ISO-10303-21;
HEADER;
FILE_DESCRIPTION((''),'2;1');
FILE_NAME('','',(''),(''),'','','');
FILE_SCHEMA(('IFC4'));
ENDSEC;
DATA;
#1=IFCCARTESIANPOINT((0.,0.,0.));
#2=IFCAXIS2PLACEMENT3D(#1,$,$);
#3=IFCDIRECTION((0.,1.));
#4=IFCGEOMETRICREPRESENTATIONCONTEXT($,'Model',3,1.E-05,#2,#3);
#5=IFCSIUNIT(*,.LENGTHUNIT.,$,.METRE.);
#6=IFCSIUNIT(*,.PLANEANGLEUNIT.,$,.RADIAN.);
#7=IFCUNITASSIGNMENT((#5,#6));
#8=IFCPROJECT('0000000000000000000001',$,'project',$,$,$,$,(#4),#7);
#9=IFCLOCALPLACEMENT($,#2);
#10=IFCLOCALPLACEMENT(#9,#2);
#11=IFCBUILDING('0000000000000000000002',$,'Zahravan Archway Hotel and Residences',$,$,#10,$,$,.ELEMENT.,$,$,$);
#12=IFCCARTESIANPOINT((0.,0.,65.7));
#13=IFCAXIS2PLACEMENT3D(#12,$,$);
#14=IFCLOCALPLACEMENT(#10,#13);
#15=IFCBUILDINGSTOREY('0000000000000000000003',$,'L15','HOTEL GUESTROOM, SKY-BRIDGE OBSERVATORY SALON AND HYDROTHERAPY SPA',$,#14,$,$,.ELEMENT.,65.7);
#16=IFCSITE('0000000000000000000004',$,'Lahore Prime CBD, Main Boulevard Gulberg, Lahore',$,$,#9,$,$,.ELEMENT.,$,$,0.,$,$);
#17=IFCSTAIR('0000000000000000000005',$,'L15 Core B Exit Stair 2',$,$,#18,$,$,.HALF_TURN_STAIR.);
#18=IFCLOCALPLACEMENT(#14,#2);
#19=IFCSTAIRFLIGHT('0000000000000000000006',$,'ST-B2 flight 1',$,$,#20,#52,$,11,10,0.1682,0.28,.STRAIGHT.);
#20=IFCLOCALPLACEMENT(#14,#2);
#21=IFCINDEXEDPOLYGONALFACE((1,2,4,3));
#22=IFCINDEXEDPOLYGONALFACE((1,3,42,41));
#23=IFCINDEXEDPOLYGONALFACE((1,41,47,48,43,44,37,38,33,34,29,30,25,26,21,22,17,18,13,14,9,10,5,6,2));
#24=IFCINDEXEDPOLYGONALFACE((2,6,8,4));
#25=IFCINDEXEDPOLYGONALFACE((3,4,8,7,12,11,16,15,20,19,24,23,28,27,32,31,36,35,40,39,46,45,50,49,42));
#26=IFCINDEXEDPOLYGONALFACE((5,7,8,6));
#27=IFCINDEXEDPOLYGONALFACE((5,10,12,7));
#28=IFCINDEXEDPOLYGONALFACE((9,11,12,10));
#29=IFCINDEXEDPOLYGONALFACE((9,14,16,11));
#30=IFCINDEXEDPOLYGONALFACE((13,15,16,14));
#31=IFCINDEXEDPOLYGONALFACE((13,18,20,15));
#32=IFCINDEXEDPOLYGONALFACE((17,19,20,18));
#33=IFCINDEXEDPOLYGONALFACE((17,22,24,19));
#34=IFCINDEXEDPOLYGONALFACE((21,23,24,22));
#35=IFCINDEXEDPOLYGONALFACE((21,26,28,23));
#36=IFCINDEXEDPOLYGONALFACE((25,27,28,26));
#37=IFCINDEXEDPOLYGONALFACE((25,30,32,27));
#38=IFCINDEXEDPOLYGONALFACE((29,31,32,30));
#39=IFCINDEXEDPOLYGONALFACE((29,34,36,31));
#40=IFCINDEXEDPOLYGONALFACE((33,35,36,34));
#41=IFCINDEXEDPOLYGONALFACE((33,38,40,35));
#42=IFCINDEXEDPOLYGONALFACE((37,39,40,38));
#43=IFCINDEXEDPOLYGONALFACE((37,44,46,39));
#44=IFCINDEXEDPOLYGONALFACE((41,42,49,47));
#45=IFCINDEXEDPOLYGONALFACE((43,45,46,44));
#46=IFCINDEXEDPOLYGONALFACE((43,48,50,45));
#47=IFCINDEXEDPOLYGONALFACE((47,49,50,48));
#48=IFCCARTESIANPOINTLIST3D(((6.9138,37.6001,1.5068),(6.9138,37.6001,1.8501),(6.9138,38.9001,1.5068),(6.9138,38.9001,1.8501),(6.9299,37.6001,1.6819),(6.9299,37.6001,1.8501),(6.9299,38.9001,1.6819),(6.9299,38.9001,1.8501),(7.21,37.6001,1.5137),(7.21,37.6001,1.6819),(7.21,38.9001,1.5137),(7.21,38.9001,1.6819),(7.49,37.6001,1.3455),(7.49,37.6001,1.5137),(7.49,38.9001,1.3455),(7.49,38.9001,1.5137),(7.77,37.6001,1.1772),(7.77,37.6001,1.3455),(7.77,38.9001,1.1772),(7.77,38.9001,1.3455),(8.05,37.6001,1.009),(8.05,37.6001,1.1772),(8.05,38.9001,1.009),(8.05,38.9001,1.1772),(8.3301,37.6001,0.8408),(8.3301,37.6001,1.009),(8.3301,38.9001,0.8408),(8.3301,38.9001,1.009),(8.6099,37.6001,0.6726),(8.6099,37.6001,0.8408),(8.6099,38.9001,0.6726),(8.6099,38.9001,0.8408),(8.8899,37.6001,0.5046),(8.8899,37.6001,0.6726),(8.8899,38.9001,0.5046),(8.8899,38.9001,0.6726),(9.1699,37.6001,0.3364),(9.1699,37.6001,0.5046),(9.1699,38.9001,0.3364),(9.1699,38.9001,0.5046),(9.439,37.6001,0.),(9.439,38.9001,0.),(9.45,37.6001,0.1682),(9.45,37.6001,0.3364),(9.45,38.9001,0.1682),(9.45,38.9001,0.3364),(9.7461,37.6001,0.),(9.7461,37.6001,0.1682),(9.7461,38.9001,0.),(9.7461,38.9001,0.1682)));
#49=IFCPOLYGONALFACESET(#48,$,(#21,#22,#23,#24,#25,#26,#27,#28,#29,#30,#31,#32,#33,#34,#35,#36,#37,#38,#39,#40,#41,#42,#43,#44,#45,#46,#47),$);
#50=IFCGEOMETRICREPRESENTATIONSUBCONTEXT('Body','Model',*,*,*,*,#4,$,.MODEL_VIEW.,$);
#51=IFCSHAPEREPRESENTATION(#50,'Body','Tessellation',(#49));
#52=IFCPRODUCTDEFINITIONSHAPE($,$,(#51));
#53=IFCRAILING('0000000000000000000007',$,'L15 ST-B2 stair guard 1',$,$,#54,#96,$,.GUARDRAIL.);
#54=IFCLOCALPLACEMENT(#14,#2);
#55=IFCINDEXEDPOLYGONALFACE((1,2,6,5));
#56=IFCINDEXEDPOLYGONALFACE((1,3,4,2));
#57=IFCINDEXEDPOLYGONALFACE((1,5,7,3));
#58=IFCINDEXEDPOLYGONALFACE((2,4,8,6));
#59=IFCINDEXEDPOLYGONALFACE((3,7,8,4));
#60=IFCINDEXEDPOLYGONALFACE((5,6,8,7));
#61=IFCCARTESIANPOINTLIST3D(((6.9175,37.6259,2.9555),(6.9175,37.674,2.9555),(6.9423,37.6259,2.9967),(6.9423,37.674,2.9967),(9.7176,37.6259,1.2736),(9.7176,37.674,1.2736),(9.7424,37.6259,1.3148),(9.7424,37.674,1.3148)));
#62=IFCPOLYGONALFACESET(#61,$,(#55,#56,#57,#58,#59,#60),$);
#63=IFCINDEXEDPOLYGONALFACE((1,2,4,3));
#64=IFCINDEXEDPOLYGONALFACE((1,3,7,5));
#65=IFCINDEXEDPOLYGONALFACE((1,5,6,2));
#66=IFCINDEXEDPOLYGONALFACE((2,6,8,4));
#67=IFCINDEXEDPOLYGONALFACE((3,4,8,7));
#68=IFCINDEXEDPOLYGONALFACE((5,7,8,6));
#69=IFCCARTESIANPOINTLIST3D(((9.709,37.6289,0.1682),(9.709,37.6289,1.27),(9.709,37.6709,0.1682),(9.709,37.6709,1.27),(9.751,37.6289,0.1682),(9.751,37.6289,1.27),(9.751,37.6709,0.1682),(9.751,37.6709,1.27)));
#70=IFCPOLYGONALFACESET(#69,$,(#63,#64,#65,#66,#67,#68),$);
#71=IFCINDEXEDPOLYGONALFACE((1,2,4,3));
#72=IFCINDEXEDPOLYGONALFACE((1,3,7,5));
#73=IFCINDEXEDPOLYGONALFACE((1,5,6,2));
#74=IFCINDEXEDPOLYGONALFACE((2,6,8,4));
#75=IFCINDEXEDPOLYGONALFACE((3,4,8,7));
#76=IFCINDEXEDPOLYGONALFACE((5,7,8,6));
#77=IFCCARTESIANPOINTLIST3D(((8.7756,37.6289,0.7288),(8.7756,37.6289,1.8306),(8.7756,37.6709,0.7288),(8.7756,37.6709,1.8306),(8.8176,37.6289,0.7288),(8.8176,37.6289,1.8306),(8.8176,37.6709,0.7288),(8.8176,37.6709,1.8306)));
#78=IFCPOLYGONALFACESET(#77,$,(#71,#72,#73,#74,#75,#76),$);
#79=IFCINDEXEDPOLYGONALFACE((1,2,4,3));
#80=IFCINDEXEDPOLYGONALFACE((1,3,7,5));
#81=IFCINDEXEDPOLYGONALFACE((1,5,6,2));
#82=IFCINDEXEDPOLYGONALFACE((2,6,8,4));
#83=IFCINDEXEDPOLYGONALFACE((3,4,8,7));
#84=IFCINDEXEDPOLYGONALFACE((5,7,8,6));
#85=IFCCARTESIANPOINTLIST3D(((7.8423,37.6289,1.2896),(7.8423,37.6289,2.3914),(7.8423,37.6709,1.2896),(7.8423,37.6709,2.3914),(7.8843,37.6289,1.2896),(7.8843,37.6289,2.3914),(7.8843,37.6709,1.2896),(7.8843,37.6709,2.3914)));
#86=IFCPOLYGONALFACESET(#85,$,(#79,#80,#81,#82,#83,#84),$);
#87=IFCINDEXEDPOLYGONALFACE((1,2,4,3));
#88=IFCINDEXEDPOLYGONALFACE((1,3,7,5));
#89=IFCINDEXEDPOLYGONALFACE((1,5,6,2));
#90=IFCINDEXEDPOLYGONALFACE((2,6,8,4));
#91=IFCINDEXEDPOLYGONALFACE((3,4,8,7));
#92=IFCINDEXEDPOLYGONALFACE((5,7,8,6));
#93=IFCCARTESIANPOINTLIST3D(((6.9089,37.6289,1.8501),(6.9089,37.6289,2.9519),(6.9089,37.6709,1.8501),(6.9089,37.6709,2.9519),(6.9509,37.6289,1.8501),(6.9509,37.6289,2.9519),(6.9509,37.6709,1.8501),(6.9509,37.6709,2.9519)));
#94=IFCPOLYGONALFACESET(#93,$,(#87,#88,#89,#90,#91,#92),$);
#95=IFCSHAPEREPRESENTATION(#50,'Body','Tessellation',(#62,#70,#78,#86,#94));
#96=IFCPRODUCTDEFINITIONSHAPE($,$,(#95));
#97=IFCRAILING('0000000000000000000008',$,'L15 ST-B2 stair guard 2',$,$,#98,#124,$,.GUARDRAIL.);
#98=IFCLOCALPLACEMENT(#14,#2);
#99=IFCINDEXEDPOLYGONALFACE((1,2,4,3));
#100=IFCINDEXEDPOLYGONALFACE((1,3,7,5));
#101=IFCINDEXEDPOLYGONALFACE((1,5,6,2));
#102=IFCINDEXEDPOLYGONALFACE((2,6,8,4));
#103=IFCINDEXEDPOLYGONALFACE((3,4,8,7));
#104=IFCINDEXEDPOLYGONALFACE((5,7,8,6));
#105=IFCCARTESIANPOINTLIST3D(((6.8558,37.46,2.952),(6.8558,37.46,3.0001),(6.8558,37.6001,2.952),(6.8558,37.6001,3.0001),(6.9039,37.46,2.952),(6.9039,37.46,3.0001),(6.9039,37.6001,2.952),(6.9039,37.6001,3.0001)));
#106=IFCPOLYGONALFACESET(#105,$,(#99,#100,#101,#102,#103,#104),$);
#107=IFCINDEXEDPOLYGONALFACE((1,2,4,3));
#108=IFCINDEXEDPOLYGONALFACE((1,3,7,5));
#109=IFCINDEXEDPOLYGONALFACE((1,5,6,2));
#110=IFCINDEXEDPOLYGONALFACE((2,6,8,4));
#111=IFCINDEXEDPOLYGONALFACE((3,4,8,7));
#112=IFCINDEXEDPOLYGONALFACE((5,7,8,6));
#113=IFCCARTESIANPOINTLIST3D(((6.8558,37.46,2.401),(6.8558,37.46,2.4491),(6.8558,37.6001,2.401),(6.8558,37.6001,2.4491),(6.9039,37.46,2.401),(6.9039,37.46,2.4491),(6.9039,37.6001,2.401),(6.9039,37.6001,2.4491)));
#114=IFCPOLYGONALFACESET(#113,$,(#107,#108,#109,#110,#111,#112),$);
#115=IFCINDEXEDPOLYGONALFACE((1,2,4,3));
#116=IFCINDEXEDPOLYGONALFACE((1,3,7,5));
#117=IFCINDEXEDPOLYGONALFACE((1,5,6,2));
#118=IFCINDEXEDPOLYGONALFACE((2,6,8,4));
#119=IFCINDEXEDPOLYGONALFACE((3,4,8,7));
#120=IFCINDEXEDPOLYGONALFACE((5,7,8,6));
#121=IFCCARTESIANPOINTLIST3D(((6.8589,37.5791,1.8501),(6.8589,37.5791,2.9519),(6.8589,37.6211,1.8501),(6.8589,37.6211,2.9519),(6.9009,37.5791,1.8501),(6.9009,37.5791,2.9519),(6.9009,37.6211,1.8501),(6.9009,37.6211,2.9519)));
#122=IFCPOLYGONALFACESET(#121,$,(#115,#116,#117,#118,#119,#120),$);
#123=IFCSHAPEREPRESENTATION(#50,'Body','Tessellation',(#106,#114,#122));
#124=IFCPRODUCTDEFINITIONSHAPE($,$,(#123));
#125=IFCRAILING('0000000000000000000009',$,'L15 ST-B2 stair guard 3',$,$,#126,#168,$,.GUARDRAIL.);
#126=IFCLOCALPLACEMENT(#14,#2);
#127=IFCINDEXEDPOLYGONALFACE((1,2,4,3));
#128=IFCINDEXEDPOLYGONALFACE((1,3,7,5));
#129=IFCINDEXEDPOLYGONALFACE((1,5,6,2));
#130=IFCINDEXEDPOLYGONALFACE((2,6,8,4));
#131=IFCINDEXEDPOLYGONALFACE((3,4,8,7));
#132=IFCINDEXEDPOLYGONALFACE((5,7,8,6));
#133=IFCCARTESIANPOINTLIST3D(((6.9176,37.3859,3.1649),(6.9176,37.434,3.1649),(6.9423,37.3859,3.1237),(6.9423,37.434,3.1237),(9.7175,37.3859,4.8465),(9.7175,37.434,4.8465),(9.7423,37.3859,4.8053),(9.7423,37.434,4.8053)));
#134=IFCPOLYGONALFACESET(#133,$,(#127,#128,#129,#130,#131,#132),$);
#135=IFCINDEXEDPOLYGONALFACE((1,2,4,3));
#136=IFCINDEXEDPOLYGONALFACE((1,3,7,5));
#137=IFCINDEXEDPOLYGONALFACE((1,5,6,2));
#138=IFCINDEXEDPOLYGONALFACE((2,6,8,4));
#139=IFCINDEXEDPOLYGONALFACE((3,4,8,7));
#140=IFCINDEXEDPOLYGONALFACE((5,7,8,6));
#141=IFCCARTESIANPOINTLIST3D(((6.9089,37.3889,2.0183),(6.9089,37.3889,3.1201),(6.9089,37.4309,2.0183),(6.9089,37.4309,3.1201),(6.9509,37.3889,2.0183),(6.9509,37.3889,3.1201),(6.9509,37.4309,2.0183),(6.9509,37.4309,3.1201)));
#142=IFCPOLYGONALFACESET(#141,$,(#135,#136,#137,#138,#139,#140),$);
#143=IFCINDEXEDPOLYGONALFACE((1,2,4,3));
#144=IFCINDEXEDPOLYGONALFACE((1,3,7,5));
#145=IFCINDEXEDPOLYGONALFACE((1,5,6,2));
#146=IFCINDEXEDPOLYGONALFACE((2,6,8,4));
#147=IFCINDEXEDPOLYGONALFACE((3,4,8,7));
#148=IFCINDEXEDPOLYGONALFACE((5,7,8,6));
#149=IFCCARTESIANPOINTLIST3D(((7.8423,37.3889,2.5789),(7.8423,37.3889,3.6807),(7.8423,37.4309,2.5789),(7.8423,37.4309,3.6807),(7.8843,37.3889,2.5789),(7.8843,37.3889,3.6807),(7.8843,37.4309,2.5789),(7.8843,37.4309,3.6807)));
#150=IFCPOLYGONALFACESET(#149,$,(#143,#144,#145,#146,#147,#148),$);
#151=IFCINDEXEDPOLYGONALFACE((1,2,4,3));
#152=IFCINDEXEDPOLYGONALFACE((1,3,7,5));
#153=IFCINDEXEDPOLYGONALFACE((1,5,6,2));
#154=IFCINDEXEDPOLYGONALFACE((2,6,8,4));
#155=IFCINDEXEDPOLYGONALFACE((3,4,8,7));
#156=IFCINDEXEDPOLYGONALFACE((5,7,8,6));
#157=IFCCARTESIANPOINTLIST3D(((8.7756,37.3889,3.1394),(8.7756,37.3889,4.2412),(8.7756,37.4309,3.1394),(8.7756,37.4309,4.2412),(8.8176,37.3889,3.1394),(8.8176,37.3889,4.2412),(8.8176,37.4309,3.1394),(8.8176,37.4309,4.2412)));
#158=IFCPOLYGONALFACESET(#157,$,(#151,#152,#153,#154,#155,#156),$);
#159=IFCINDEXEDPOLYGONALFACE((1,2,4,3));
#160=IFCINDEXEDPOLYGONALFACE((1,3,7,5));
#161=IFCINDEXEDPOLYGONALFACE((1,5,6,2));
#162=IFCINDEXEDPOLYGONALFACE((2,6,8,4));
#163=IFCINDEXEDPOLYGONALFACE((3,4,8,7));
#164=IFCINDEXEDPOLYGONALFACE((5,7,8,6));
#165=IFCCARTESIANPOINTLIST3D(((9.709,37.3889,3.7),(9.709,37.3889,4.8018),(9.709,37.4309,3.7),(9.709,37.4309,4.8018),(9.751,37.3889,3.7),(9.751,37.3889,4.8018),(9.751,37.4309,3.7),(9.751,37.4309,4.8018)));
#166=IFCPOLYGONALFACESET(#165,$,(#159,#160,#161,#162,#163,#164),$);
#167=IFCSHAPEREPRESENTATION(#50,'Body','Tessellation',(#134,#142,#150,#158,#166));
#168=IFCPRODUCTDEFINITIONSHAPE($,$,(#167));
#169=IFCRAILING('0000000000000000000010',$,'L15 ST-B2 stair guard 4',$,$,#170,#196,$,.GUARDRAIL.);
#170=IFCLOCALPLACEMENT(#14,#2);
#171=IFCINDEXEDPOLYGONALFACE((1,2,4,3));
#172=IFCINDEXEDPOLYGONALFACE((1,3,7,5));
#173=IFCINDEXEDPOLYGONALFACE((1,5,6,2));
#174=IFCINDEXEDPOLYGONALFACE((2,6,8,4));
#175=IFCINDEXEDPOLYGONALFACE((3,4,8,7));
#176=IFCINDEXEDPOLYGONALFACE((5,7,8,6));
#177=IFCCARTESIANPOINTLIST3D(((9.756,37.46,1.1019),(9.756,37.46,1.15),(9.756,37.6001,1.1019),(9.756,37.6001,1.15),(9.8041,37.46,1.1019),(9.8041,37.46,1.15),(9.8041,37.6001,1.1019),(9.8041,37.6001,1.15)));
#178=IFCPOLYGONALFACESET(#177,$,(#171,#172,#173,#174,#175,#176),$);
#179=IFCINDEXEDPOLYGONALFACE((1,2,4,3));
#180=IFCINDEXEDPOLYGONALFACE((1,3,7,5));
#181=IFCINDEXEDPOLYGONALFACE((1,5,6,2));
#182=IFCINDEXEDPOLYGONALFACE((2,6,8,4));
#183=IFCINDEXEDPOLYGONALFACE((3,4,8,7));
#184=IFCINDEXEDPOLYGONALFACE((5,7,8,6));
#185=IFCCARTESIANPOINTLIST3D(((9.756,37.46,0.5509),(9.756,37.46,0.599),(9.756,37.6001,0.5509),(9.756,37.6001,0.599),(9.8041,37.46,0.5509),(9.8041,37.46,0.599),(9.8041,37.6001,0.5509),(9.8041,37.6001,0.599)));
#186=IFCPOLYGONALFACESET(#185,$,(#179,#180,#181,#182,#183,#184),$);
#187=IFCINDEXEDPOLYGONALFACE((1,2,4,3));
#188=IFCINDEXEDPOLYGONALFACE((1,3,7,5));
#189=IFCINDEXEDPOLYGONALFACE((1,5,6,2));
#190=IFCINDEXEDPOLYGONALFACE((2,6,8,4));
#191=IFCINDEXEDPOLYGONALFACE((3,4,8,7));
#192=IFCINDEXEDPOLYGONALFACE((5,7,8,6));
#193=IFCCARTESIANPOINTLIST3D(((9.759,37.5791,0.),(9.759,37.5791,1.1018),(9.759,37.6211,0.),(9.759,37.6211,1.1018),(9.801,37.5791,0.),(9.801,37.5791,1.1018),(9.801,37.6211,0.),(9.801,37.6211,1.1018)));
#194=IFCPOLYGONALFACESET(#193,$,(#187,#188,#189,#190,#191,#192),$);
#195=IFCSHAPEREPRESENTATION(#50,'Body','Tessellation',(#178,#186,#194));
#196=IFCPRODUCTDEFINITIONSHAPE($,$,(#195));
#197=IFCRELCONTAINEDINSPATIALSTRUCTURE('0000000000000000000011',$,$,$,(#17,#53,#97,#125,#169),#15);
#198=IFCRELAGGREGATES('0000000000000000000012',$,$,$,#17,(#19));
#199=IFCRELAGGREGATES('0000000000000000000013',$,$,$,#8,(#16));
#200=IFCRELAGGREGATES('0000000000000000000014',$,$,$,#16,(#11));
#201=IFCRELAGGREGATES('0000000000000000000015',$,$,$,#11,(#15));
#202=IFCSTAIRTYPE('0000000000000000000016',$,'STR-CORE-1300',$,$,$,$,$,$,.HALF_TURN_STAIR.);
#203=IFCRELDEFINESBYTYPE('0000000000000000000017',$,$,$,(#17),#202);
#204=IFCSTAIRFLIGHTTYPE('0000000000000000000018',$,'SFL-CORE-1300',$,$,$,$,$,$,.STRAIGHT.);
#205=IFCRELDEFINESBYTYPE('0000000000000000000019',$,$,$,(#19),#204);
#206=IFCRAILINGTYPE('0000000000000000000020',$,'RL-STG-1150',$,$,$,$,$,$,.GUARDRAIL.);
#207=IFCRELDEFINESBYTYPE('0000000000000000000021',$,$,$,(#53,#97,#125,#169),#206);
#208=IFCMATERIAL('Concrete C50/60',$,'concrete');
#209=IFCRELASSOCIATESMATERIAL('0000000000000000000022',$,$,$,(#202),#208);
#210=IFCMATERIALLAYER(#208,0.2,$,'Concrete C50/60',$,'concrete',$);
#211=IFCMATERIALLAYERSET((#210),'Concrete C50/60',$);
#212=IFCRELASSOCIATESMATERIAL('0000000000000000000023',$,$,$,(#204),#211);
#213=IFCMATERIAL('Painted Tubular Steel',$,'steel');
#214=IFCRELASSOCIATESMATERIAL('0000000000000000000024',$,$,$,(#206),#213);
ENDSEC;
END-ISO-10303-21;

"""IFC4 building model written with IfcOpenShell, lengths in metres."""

from ifc_helpers import new_model, si_unit, direction, frame, origin, origin_2d, place, context, subcontext, project, spatial, polyline, rectangle, outline, extrude, source, transform, mapped, material, layer, layer_set, type_object, element, aggregate, save


model = new_model("IFC4")

# Units and contexts
model_context = context("Model", 3, precision=1e-05, world=origin(), true_north=direction((0.0, 1.0)))
body_context = subcontext(model_context, "Body", "Model", "MODEL_VIEW")
ifc_project = project(units=[si_unit("LENGTHUNIT", "METRE"), si_unit("PLANEANGLEUNIT", "RADIAN")], contexts=[model_context])

# Site, building, storey
site_placement = place(None, origin())
site = spatial("IfcSite", under=ifc_project, at=site_placement, Name="Lahore Prime CBD, Main Boulevard Gulberg, Lahore", CompositionType="ELEMENT", RefElevation=0.0)
building_placement = place(site_placement, origin())
building = spatial("IfcBuilding", under=site, at=building_placement, Name="Zahravan Archway Hotel and Residences", CompositionType="ELEMENT")
storey_placement = place(building_placement, frame((0.0, 0.0, 65.7)))
storey = spatial("IfcBuildingStorey", under=building, at=storey_placement, Name="L15", Description="HOTEL GUESTROOM, SKY-BRIDGE OBSERVATORY SALON AND HYDROTHERAPY SPA", CompositionType="ELEMENT", Elevation=65.7)

# Shared definitions
ifc_material_1 = material(Name="Concrete C50/60", Category="concrete")

# Stair, stair flight
stair_type = type_object("IfcStairType", Name="STR-CORE-1300", PredefinedType="HALF_TURN_STAIR", material=ifc_material_1)
stair_placement = place(storey_placement, origin())
stair = element("IfcStair", 1, at=stair_placement, inside=storey, type_object=stair_type, Name="L15 Core B Exit Stair 2", PredefinedType="HALF_TURN_STAIR")
ifc_layer_1 = layer(ifc_material_1, 0.2, Name="Concrete C50/60", Category="concrete")
ifc_layer_set_1 = layer_set([ifc_layer_1], Name="Concrete C50/60")
stair_flight_type = type_object("IfcStairFlightType", Name="SFL-CORE-1300", PredefinedType="STRAIGHT", material=ifc_layer_set_1)
shared_shape_1 = source(origin(), body_context, "Body", "SweptSolid", [
    extrude(outline(polyline([(-0.0161, 0.0), (-0.0161, 0.1682), (0.28, 0.1682), (0.28, 0.3364), (0.5601, 0.3364), (0.5601, 0.5046), (0.8401, 0.5046), (0.8401, 0.6726), (1.1201, 0.6726), (1.1201, 0.8408), (1.3999, 0.8408), (1.3999, 1.009), (1.6799, 1.009), (1.6799, 1.1772), (1.96, 1.1772), (1.96, 1.3455), (2.24, 1.3455), (2.24, 1.5137), (2.52, 1.5137), (2.52, 1.6819), (2.8, 1.6819), (2.8, 1.8501), (2.8162, 1.8501), (2.8162, 1.5068), (0.291, 0.0), (-0.0161, 0.0)])), frame((0.0, 0.6499, 0.0), z_axis=(0.0, -1.0, 0.0), x_axis=(1.0, 0.0, 0.0)), (0.0, 0.0, 1.0), 1.3),
])
stair_flight_placement = place(storey_placement, frame((9.73, 38.25, 0.0), z_axis=(0.0, 0.0, 1.0), x_axis=(-1.0, 0.0, 0.0)))
stair_flight = element("IfcStairFlight", 2, at=stair_flight_placement, type_object=stair_flight_type, Name="ST-B2 flight 1", NumberOfRisers=11, NumberOfTreads=10, PredefinedType="STRAIGHT", RiserHeight=0.1682, TreadLength=0.28, context=body_context, shape_type="MappedRepresentation", body=[
    mapped(shared_shape_1, transform((0.0, 0.0, 0.0), scale=1.0)),
])
aggregate(stair, [stair_flight])

# Railings
ifc_material_2 = material(Name="Painted Tubular Steel", Category="steel")
railing_type_1 = type_object("IfcRailingType", Name="RL-STG-1150", PredefinedType="GUARDRAIL", material=ifc_material_2)
railing_1_placement = place(storey_placement, frame((9.73, 37.6499, 0.1682)))
element("IfcRailing", 3, at=railing_1_placement, inside=storey, type_object=railing_type_1, Name="L15 ST-B2 stair guard 1", PredefinedType="GUARDRAIL", context=body_context, shape_type="SweptSolid", body=[
    extrude(rectangle(XDim=0.0481, YDim=0.0481, at=origin_2d()), frame((0.0, 0.0, 1.126), z_axis=(-0.857242, 0.0, 0.514913), x_axis=(0.0, -1.0, 0.0)), (0.0, 0.0, 1.0), 3.2664),
    extrude(rectangle(XDim=0.042, YDim=0.042, at=origin_2d()), origin(), (0.0, 0.0, 1.0), 1.1018),
    extrude(rectangle(XDim=0.042, YDim=0.042, at=origin_2d()), frame((-0.9333, 0.0, 0.5605)), (0.0, 0.0, 1.0), 1.1018),
    extrude(rectangle(XDim=0.042, YDim=0.042, at=origin_2d()), frame((-1.8667, 0.0, 1.1213)), (0.0, 0.0, 1.0), 1.1018),
    extrude(rectangle(XDim=0.042, YDim=0.042, at=origin_2d()), frame((-2.8, 0.0, 1.6819)), (0.0, 0.0, 1.0), 1.1018),
])
railing_2_placement = place(storey_placement, frame((6.8799, 37.6001, 1.8501)))
element("IfcRailing", 4, at=railing_2_placement, inside=storey, type_object=railing_type_1, Name="L15 ST-B2 stair guard 2", PredefinedType="GUARDRAIL", context=body_context, shape_type="SweptSolid", body=[
    extrude(rectangle(XDim=0.0481, YDim=0.0481, at=origin_2d()), frame((0.0, 0.0, 1.126), z_axis=(0.0, -1.0, 0.0), x_axis=(1.0, 0.0, 0.0)), (0.0, 0.0, 1.0), 0.1401),
    extrude(rectangle(XDim=0.0481, YDim=0.0481, at=origin_2d()), frame((0.0, 0.0, 0.575), z_axis=(0.0, -1.0, 0.0), x_axis=(1.0, 0.0, 0.0)), (0.0, 0.0, 1.0), 0.1401),
    extrude(rectangle(XDim=0.042, YDim=0.042, at=origin_2d()), origin(), (0.0, 0.0, 1.0), 1.1018),
])
railing_3_placement = place(storey_placement, frame((6.9299, 37.4099, 2.0183)))
element("IfcRailing", 5, at=railing_3_placement, inside=storey, type_object=railing_type_1, Name="L15 ST-B2 stair guard 3", PredefinedType="GUARDRAIL", context=body_context, shape_type="SweptSolid", body=[
    extrude(rectangle(XDim=0.0481, YDim=0.0481, at=origin_2d()), frame((0.0, 0.0, 1.126), z_axis=(0.857275, 0.0, 0.514858), x_axis=(0.0, 1.0, 0.0)), (0.0, 0.0, 1.0), 3.2661),
    extrude(rectangle(XDim=0.042, YDim=0.042, at=origin_2d()), origin(), (0.0, 0.0, 1.0), 1.1018),
    extrude(rectangle(XDim=0.042, YDim=0.042, at=origin_2d()), frame((0.9333, 0.0, 0.5605)), (0.0, 0.0, 1.0), 1.1018),
    extrude(rectangle(XDim=0.042, YDim=0.042, at=origin_2d()), frame((1.8667, 0.0, 1.1211)), (0.0, 0.0, 1.0), 1.1018),
    extrude(rectangle(XDim=0.042, YDim=0.042, at=origin_2d()), frame((2.8, 0.0, 1.6816)), (0.0, 0.0, 1.0), 1.1018),
])
railing_4_placement = place(storey_placement, frame((9.78, 37.6001, 0.0)))
element("IfcRailing", 6, at=railing_4_placement, inside=storey, type_object=railing_type_1, Name="L15 ST-B2 stair guard 4", PredefinedType="GUARDRAIL", context=body_context, shape_type="SweptSolid", body=[
    extrude(rectangle(XDim=0.0481, YDim=0.0481, at=origin_2d()), frame((0.0, 0.0, 1.126), z_axis=(0.0, -1.0, 0.0), x_axis=(1.0, 0.0, 0.0)), (0.0, 0.0, 1.0), 0.1401),
    extrude(rectangle(XDim=0.0481, YDim=0.0481, at=origin_2d()), frame((0.0, 0.0, 0.575), z_axis=(0.0, -1.0, 0.0), x_axis=(1.0, 0.0, 0.0)), (0.0, 0.0, 1.0), 0.1401),
    extrude(rectangle(XDim=0.042, YDim=0.042, at=origin_2d()), origin(), (0.0, 0.0, 1.0), 1.1018),
])

save(model, "model.ifc")
